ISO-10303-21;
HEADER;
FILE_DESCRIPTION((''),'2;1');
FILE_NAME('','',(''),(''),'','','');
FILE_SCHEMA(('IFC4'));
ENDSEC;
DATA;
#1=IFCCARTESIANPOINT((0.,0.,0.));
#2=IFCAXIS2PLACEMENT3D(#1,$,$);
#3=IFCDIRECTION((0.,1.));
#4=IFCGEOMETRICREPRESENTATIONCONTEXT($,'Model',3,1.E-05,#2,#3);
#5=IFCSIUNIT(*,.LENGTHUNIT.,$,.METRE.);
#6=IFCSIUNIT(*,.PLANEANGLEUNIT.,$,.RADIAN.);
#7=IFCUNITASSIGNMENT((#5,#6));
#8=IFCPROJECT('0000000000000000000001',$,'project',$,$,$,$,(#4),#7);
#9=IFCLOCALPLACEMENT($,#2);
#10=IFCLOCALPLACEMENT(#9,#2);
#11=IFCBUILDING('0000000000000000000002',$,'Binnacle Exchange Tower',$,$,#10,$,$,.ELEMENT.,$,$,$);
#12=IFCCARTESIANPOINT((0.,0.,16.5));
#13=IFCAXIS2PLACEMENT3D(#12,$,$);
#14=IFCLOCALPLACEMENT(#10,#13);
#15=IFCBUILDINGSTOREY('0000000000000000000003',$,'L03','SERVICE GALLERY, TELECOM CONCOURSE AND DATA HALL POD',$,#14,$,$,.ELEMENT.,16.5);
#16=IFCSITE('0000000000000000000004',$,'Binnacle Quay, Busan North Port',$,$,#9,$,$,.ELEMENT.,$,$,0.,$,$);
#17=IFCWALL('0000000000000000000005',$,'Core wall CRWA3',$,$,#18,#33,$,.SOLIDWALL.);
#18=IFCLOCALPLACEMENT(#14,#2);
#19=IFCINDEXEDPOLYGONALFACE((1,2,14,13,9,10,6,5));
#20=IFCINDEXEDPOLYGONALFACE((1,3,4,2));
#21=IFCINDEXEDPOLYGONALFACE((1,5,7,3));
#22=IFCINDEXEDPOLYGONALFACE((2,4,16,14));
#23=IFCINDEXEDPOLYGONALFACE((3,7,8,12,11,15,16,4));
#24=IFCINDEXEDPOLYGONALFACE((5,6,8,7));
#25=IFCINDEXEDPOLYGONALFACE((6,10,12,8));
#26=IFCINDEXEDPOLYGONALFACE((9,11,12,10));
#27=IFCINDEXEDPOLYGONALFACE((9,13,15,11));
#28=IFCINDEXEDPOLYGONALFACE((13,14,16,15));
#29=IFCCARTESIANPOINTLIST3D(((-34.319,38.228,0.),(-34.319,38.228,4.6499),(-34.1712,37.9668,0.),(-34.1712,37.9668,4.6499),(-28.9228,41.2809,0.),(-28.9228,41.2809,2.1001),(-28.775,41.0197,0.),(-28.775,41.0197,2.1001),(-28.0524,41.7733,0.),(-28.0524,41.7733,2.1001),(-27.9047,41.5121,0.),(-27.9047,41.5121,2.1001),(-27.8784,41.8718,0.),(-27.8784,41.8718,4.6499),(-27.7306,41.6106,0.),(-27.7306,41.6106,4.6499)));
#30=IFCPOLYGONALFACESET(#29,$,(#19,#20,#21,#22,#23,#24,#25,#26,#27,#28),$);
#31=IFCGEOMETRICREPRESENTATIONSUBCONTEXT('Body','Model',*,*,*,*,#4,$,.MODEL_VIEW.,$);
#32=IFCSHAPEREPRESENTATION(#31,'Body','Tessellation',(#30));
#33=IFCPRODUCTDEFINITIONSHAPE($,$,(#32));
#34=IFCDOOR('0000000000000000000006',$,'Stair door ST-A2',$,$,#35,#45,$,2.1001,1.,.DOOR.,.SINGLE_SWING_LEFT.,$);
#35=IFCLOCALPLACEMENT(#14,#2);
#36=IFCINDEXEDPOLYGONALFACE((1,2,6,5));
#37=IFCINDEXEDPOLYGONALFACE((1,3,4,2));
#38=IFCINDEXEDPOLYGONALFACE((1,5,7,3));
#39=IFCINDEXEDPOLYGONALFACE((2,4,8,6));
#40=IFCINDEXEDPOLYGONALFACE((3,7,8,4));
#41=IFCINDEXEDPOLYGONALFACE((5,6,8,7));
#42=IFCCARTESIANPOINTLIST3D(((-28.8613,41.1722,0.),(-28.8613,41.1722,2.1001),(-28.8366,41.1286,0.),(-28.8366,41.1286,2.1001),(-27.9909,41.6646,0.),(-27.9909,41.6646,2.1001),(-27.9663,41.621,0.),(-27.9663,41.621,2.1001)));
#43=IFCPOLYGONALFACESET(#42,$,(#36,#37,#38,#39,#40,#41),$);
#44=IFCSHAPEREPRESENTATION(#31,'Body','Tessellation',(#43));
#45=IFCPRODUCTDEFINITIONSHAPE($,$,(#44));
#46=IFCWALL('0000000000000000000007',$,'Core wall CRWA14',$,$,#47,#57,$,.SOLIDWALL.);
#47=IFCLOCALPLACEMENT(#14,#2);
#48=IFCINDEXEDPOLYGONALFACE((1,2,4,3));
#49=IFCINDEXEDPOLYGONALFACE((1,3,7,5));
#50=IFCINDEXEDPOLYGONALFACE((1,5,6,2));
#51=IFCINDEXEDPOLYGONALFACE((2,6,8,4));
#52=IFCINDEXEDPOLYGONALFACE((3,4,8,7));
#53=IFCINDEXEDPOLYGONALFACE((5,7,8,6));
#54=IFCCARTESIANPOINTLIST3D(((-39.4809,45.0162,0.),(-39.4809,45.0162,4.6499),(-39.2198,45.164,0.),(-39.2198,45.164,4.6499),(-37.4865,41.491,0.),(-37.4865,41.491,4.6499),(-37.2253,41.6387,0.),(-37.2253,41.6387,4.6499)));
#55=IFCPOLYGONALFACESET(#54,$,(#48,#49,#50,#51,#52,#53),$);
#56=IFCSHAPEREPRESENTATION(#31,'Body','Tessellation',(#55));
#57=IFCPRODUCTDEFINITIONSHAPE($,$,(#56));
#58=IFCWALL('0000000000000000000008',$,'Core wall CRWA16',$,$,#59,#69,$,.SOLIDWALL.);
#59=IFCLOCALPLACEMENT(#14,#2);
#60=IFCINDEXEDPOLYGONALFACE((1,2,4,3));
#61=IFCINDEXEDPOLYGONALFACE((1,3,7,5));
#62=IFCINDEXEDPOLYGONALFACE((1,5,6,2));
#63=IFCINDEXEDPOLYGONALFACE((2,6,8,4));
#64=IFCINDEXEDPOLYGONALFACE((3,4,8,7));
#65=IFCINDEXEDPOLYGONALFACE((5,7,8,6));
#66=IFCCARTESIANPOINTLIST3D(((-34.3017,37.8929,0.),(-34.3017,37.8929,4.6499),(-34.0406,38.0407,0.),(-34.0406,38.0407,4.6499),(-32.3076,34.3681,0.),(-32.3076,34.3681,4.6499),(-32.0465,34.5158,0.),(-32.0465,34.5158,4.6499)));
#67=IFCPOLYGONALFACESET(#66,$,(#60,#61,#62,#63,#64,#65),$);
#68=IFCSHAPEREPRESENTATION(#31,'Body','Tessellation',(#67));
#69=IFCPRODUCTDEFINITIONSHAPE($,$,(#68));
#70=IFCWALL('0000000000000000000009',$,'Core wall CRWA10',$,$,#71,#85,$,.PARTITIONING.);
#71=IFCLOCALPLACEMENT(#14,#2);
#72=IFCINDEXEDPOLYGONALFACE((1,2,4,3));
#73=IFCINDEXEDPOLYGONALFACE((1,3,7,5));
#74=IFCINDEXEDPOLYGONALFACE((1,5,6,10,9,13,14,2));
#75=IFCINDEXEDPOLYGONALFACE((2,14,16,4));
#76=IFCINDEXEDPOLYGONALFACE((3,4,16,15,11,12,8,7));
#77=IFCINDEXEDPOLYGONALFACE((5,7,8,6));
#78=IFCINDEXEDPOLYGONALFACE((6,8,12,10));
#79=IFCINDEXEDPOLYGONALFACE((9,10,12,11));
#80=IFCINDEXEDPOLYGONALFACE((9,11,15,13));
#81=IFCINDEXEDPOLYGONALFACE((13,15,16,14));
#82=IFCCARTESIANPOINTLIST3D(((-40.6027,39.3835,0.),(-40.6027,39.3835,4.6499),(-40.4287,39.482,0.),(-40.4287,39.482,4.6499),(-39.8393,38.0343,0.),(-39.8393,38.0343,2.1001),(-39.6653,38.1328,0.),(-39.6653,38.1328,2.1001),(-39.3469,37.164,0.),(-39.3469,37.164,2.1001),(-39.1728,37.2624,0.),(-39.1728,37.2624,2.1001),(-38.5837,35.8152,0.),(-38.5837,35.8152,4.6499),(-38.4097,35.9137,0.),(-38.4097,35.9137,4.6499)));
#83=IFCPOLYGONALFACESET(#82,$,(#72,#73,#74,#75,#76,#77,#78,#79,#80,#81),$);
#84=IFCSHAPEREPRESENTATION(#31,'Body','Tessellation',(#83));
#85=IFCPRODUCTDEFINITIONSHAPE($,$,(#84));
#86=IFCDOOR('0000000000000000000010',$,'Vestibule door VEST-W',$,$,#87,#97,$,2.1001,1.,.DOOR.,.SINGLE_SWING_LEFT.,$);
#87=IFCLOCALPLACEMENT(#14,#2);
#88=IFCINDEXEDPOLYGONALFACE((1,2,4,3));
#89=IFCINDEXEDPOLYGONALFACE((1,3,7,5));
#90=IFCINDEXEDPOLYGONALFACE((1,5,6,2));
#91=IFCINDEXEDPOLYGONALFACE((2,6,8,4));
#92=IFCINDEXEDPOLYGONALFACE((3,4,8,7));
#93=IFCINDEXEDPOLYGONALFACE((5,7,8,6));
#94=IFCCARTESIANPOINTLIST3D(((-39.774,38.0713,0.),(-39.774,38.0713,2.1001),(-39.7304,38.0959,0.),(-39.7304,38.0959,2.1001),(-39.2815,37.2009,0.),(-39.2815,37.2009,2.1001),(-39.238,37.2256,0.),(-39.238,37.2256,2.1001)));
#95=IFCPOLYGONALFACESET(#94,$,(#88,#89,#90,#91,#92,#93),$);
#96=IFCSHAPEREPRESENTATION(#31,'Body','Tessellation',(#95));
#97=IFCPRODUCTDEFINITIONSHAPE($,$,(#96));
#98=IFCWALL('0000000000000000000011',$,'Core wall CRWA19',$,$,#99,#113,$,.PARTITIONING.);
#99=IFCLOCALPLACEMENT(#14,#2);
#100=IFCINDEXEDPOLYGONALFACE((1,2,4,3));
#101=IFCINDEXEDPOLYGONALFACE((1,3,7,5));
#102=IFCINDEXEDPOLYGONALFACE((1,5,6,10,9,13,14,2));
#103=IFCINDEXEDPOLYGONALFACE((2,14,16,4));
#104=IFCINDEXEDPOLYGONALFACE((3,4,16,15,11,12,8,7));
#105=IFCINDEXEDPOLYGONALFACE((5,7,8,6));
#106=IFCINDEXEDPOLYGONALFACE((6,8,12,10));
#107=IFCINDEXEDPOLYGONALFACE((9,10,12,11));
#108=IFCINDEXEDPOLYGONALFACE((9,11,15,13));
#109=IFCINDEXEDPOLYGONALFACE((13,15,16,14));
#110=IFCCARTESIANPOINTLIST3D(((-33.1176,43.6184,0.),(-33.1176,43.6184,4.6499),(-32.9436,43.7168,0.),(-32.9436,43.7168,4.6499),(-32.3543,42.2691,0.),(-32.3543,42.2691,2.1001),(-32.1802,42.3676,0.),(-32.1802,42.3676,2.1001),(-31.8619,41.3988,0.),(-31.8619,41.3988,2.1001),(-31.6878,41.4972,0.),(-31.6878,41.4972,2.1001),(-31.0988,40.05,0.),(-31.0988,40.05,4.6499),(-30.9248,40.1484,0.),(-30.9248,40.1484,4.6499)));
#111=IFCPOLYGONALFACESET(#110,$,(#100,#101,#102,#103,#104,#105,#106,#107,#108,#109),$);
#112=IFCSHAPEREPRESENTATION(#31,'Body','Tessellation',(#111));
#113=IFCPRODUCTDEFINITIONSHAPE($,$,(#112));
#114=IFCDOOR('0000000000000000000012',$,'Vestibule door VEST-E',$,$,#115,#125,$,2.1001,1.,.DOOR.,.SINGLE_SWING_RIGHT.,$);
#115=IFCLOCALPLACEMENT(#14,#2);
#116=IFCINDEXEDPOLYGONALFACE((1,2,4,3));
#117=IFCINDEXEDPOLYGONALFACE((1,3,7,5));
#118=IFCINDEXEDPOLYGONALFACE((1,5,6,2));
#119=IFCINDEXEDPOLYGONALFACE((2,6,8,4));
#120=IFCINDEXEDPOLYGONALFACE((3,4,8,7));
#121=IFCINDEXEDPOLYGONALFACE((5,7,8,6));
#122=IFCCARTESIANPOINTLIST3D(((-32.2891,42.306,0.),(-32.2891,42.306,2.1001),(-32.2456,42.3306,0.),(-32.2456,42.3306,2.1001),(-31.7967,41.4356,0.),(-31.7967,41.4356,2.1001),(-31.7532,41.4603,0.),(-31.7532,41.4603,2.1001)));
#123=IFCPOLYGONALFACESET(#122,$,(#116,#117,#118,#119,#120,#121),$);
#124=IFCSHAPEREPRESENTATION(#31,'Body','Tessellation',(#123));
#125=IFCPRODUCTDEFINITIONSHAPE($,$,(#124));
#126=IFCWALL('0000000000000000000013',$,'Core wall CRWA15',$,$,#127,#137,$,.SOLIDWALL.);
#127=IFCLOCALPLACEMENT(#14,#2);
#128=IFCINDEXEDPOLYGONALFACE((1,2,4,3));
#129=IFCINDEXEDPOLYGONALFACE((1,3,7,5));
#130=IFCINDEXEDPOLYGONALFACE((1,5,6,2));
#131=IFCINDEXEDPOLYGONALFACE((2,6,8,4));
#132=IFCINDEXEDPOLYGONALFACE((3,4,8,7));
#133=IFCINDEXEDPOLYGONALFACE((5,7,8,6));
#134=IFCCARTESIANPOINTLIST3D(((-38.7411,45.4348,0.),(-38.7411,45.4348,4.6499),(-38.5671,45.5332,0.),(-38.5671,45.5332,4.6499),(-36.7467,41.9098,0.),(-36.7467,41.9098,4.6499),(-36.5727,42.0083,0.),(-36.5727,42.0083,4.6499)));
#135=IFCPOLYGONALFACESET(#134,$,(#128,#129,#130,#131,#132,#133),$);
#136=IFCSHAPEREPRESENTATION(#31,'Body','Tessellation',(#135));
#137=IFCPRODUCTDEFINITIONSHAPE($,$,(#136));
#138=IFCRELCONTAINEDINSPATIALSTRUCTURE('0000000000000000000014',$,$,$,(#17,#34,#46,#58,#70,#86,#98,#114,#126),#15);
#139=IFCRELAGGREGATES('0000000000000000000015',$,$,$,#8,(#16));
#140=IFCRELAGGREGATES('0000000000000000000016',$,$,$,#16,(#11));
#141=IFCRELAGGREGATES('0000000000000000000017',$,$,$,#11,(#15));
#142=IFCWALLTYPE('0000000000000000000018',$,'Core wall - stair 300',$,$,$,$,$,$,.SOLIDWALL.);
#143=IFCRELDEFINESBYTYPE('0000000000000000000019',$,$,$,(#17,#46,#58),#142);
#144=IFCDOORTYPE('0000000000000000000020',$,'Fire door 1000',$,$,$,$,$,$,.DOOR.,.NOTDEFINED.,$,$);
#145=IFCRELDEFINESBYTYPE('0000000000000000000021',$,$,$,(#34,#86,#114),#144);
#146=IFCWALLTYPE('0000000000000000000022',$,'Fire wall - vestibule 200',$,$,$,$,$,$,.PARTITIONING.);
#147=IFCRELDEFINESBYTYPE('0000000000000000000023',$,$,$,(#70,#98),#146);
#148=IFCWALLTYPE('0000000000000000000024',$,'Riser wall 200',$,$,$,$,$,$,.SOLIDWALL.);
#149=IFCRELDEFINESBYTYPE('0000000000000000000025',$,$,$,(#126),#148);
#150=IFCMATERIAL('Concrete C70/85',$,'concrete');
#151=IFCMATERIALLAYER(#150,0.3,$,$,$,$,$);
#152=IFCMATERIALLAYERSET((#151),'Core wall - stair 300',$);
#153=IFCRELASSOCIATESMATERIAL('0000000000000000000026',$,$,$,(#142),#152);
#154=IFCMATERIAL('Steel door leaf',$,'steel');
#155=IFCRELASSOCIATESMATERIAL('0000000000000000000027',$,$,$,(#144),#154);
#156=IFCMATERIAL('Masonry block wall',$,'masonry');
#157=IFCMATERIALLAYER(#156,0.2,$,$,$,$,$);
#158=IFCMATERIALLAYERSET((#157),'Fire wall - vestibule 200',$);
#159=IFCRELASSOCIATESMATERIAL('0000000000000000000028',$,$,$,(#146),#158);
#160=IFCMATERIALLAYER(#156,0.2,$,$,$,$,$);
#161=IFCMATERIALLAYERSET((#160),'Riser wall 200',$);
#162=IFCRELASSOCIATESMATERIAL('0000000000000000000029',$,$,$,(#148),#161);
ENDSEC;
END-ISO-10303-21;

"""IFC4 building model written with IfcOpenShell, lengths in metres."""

from ifc_helpers import new_model, si_unit, direction, frame, frame_2d, origin, place, context, subcontext, project, spatial, rectangle, extrude, material, layer, layer_set, type_object, element, fill, save


model = new_model("IFC4")

# Units and contexts
model_context = context("Model", 3, precision=1e-05, world=origin(), true_north=direction((0.0, 1.0)))
body_context = subcontext(model_context, "Body", "Model", "MODEL_VIEW")
ifc_project = project(units=[si_unit("LENGTHUNIT", "METRE"), si_unit("PLANEANGLEUNIT", "RADIAN")], contexts=[model_context])

# Site, building, storey
site_placement = place(None, origin())
site = spatial("IfcSite", under=ifc_project, at=site_placement, Name="Binnacle Quay, Busan North Port", CompositionType="ELEMENT", RefElevation=0.0)
building_placement = place(site_placement, origin())
building = spatial("IfcBuilding", under=site, at=building_placement, Name="Binnacle Exchange Tower", CompositionType="ELEMENT")
storey_placement = place(building_placement, frame((0.0, 0.0, 16.5)))
storey = spatial("IfcBuildingStorey", under=building, at=storey_placement, Name="L03", Description="SERVICE GALLERY, TELECOM CONCOURSE AND DATA HALL POD", CompositionType="ELEMENT", Elevation=16.5)

# Shared definitions
ifc_material_1 = material(Name="Concrete C70/85", Category="concrete")
ifc_material_2 = material(Name="Steel door leaf", Category="steel")

# Wall, opening, door
ifc_layer_1 = layer(ifc_material_1, 0.3)
ifc_layer_set_1 = layer_set([ifc_layer_1], Name="Core wall - stair 300")
wall_type_1 = type_object("IfcWallType", Name="Core wall - stair 300", PredefinedType="SOLIDWALL", material=ifc_layer_set_1)
wall_1_placement = place(storey_placement, frame((-34.2451, 38.0974, 0.0), z_axis=(0.0, 0.0, 1.0), x_axis=(0.870365, 0.492407, 0.0)))
wall_1 = element("IfcWall", 1, at=wall_1_placement, inside=storey, type_object=wall_type_1, Name="Core wall CRWA3", PredefinedType="SOLIDWALL", context=body_context, shape_type="SweptSolid", body=[
    extrude(rectangle(XDim=7.3999, YDim=0.3, at=frame_2d((3.7, 0.0))), origin(), (0.0, 0.0, 1.0), 4.6499),
])
opening_1_placement = place(wall_1_placement, frame((6.2, 0.0, 0.0)))
opening_1 = element("IfcOpeningElement", 2, at=opening_1_placement, cuts=wall_1, PredefinedType="OPENING", context=body_context, shape_type="SweptSolid", body=[
    extrude(rectangle(XDim=1.0, YDim=2.1001, at=frame_2d((0.5, 1.05))), frame((0.0, 0.1599, 0.0), z_axis=(0.0, -1.0, 0.0), x_axis=(1.0, 0.0, 0.0)), (0.0, 0.0, 1.0), 0.3201),
])
door_type_1 = type_object("IfcDoorType", Name="Fire door 1000", OperationType="NOTDEFINED", PredefinedType="DOOR", material=ifc_material_2)
door_1_placement = place(opening_1_placement, frame((1.0, 0.0, 0.0), z_axis=(0.0, 0.0, 1.0), x_axis=(-1.0, 0.0, 0.0)))
door_1 = element("IfcDoor", 3, at=door_1_placement, inside=storey, type_object=door_type_1, Name="Stair door ST-A2", OperationType="SINGLE_SWING_LEFT", OverallHeight=2.1001, OverallWidth=1.0, PredefinedType="DOOR", context=body_context, shape_type="SweptSolid", body=[
    extrude(rectangle(XDim=1.0, YDim=2.1001, at=frame_2d((0.5, 1.05))), frame((0.0, 0.0249, 0.0), z_axis=(0.0, -1.0, 0.0), x_axis=(1.0, 0.0, 0.0)), (0.0, 0.0, 1.0), 0.05),
])
fill(opening_1, door_1)

# Walls
wall_2_placement = place(storey_placement, frame((-39.3503, 45.0901, 0.0), z_axis=(0.0, 0.0, 1.0), x_axis=(0.492415, -0.870361, 0.0)))
element("IfcWall", 4, at=wall_2_placement, inside=storey, type_object=wall_type_1, Name="Core wall CRWA14", PredefinedType="SOLIDWALL", context=body_context, shape_type="SweptSolid", body=[
    extrude(rectangle(XDim=4.0503, YDim=0.3, at=frame_2d((2.0251, 0.0))), origin(), (0.0, 0.0, 1.0), 4.6499),
])
wall_3_placement = place(storey_placement, frame((-34.1711, 37.9668, 0.0), z_axis=(0.0, 0.0, 1.0), x_axis=(0.492395, -0.870372, 0.0)))
element("IfcWall", 5, at=wall_3_placement, inside=storey, type_object=wall_type_1, Name="Core wall CRWA16", PredefinedType="SOLIDWALL", context=body_context, shape_type="SweptSolid", body=[
    extrude(rectangle(XDim=4.0498, YDim=0.3, at=frame_2d((2.0249, 0.0))), origin(), (0.0, 0.0, 1.0), 4.6499),
])

# Walls, openings, doors
ifc_material_3 = material(Name="Masonry block wall", Category="masonry")
ifc_layer_2 = layer(ifc_material_3, 0.2)
ifc_layer_set_2 = layer_set([ifc_layer_2], Name="Fire wall - vestibule 200")
wall_type_2 = type_object("IfcWallType", Name="Fire wall - vestibule 200", PredefinedType="PARTITIONING", material=ifc_layer_set_2)
wall_4_placement = place(storey_placement, frame((-40.5156, 39.4326, 0.0), z_axis=(0.0, 0.0, 1.0), x_axis=(0.492454, -0.870339, 0.0)))
wall_4 = element("IfcWall", 6, at=wall_4_placement, inside=storey, type_object=wall_type_2, Name="Core wall CRWA10", PredefinedType="PARTITIONING", context=body_context, shape_type="SweptSolid", body=[
    extrude(rectangle(XDim=4.0999, YDim=0.2, at=frame_2d((2.0498, 0.0))), origin(), (0.0, 0.0, 1.0), 4.6499),
])
opening_2_placement = place(wall_4_placement, frame((1.55, 0.0, 0.0)))
opening_2 = element("IfcOpeningElement", 7, at=opening_2_placement, cuts=wall_4, PredefinedType="OPENING", context=body_context, shape_type="SweptSolid", body=[
    extrude(rectangle(XDim=1.0, YDim=2.1001, at=frame_2d((0.5, 1.05))), frame((0.0, 0.1099, 0.0), z_axis=(0.0, -1.0, 0.0), x_axis=(1.0, 0.0, 0.0)), (0.0, 0.0, 1.0), 0.22),
])
door_2_placement = place(opening_2_placement, frame((1.0, 0.0, 0.0), z_axis=(0.0, 0.0, 1.0), x_axis=(-1.0, 0.0, 0.0)))
door_2 = element("IfcDoor", 8, at=door_2_placement, inside=storey, type_object=door_type_1, Name="Vestibule door VEST-W", OperationType="SINGLE_SWING_LEFT", OverallHeight=2.1001, OverallWidth=1.0, PredefinedType="DOOR", context=body_context, shape_type="SweptSolid", body=[
    extrude(rectangle(XDim=1.0, YDim=2.1001, at=frame_2d((0.5, 1.05))), frame((0.0, 0.0249, 0.0), z_axis=(0.0, -1.0, 0.0), x_axis=(1.0, 0.0, 0.0)), (0.0, 0.0, 1.0), 0.05),
])
fill(opening_2, door_2)
wall_5_placement = place(storey_placement, frame((-33.0305, 43.6675, 0.0), z_axis=(0.0, 0.0, 1.0), x_axis=(0.492408, -0.870364, 0.0)))
wall_5 = element("IfcWall", 9, at=wall_5_placement, inside=storey, type_object=wall_type_2, Name="Core wall CRWA19", PredefinedType="PARTITIONING", context=body_context, shape_type="SweptSolid", body=[
    extrude(rectangle(XDim=4.0999, YDim=0.2, at=frame_2d((2.0498, 0.0))), origin(), (0.0, 0.0, 1.0), 4.6499),
])
opening_3_placement = place(wall_5_placement, frame((1.55, 0.0, 0.0)))
opening_3 = element("IfcOpeningElement", 10, at=opening_3_placement, cuts=wall_5, PredefinedType="OPENING", context=body_context, shape_type="SweptSolid", body=[
    extrude(rectangle(XDim=1.0, YDim=2.1001, at=frame_2d((0.5, 1.05))), frame((0.0, 0.1099, 0.0), z_axis=(0.0, -1.0, 0.0), x_axis=(1.0, 0.0, 0.0)), (0.0, 0.0, 1.0), 0.22),
])
door_3_placement = place(opening_3_placement, origin())
door_3 = element("IfcDoor", 11, at=door_3_placement, inside=storey, type_object=door_type_1, Name="Vestibule door VEST-E", OperationType="SINGLE_SWING_RIGHT", OverallHeight=2.1001, OverallWidth=1.0, PredefinedType="DOOR", context=body_context, shape_type="SweptSolid", body=[
    extrude(rectangle(XDim=1.0, YDim=2.1001, at=frame_2d((0.5, 1.05))), frame((0.0, 0.0249, 0.0), z_axis=(0.0, -1.0, 0.0), x_axis=(1.0, 0.0, 0.0)), (0.0, 0.0, 1.0), 0.05),
])
fill(opening_3, door_3)

# Wall
ifc_layer_3 = layer(ifc_material_3, 0.2)
ifc_layer_set_3 = layer_set([ifc_layer_3], Name="Riser wall 200")
wall_type_3 = type_object("IfcWallType", Name="Riser wall 200", PredefinedType="SOLIDWALL", material=ifc_layer_set_3)
wall_6_placement = place(storey_placement, frame((-38.6541, 45.4839, 0.0), z_axis=(0.0, 0.0, 1.0), x_axis=(0.492441, -0.870346, 0.0)))
element("IfcWall", 12, at=wall_6_placement, inside=storey, type_object=wall_type_3, Name="Core wall CRWA15", PredefinedType="SOLIDWALL", context=body_context, shape_type="SweptSolid", body=[
    extrude(rectangle(XDim=4.05, YDim=0.2, at=frame_2d((2.0249, 0.0))), origin(), (0.0, 0.0, 1.0), 4.6499),
])

save(model, "model.ifc")
